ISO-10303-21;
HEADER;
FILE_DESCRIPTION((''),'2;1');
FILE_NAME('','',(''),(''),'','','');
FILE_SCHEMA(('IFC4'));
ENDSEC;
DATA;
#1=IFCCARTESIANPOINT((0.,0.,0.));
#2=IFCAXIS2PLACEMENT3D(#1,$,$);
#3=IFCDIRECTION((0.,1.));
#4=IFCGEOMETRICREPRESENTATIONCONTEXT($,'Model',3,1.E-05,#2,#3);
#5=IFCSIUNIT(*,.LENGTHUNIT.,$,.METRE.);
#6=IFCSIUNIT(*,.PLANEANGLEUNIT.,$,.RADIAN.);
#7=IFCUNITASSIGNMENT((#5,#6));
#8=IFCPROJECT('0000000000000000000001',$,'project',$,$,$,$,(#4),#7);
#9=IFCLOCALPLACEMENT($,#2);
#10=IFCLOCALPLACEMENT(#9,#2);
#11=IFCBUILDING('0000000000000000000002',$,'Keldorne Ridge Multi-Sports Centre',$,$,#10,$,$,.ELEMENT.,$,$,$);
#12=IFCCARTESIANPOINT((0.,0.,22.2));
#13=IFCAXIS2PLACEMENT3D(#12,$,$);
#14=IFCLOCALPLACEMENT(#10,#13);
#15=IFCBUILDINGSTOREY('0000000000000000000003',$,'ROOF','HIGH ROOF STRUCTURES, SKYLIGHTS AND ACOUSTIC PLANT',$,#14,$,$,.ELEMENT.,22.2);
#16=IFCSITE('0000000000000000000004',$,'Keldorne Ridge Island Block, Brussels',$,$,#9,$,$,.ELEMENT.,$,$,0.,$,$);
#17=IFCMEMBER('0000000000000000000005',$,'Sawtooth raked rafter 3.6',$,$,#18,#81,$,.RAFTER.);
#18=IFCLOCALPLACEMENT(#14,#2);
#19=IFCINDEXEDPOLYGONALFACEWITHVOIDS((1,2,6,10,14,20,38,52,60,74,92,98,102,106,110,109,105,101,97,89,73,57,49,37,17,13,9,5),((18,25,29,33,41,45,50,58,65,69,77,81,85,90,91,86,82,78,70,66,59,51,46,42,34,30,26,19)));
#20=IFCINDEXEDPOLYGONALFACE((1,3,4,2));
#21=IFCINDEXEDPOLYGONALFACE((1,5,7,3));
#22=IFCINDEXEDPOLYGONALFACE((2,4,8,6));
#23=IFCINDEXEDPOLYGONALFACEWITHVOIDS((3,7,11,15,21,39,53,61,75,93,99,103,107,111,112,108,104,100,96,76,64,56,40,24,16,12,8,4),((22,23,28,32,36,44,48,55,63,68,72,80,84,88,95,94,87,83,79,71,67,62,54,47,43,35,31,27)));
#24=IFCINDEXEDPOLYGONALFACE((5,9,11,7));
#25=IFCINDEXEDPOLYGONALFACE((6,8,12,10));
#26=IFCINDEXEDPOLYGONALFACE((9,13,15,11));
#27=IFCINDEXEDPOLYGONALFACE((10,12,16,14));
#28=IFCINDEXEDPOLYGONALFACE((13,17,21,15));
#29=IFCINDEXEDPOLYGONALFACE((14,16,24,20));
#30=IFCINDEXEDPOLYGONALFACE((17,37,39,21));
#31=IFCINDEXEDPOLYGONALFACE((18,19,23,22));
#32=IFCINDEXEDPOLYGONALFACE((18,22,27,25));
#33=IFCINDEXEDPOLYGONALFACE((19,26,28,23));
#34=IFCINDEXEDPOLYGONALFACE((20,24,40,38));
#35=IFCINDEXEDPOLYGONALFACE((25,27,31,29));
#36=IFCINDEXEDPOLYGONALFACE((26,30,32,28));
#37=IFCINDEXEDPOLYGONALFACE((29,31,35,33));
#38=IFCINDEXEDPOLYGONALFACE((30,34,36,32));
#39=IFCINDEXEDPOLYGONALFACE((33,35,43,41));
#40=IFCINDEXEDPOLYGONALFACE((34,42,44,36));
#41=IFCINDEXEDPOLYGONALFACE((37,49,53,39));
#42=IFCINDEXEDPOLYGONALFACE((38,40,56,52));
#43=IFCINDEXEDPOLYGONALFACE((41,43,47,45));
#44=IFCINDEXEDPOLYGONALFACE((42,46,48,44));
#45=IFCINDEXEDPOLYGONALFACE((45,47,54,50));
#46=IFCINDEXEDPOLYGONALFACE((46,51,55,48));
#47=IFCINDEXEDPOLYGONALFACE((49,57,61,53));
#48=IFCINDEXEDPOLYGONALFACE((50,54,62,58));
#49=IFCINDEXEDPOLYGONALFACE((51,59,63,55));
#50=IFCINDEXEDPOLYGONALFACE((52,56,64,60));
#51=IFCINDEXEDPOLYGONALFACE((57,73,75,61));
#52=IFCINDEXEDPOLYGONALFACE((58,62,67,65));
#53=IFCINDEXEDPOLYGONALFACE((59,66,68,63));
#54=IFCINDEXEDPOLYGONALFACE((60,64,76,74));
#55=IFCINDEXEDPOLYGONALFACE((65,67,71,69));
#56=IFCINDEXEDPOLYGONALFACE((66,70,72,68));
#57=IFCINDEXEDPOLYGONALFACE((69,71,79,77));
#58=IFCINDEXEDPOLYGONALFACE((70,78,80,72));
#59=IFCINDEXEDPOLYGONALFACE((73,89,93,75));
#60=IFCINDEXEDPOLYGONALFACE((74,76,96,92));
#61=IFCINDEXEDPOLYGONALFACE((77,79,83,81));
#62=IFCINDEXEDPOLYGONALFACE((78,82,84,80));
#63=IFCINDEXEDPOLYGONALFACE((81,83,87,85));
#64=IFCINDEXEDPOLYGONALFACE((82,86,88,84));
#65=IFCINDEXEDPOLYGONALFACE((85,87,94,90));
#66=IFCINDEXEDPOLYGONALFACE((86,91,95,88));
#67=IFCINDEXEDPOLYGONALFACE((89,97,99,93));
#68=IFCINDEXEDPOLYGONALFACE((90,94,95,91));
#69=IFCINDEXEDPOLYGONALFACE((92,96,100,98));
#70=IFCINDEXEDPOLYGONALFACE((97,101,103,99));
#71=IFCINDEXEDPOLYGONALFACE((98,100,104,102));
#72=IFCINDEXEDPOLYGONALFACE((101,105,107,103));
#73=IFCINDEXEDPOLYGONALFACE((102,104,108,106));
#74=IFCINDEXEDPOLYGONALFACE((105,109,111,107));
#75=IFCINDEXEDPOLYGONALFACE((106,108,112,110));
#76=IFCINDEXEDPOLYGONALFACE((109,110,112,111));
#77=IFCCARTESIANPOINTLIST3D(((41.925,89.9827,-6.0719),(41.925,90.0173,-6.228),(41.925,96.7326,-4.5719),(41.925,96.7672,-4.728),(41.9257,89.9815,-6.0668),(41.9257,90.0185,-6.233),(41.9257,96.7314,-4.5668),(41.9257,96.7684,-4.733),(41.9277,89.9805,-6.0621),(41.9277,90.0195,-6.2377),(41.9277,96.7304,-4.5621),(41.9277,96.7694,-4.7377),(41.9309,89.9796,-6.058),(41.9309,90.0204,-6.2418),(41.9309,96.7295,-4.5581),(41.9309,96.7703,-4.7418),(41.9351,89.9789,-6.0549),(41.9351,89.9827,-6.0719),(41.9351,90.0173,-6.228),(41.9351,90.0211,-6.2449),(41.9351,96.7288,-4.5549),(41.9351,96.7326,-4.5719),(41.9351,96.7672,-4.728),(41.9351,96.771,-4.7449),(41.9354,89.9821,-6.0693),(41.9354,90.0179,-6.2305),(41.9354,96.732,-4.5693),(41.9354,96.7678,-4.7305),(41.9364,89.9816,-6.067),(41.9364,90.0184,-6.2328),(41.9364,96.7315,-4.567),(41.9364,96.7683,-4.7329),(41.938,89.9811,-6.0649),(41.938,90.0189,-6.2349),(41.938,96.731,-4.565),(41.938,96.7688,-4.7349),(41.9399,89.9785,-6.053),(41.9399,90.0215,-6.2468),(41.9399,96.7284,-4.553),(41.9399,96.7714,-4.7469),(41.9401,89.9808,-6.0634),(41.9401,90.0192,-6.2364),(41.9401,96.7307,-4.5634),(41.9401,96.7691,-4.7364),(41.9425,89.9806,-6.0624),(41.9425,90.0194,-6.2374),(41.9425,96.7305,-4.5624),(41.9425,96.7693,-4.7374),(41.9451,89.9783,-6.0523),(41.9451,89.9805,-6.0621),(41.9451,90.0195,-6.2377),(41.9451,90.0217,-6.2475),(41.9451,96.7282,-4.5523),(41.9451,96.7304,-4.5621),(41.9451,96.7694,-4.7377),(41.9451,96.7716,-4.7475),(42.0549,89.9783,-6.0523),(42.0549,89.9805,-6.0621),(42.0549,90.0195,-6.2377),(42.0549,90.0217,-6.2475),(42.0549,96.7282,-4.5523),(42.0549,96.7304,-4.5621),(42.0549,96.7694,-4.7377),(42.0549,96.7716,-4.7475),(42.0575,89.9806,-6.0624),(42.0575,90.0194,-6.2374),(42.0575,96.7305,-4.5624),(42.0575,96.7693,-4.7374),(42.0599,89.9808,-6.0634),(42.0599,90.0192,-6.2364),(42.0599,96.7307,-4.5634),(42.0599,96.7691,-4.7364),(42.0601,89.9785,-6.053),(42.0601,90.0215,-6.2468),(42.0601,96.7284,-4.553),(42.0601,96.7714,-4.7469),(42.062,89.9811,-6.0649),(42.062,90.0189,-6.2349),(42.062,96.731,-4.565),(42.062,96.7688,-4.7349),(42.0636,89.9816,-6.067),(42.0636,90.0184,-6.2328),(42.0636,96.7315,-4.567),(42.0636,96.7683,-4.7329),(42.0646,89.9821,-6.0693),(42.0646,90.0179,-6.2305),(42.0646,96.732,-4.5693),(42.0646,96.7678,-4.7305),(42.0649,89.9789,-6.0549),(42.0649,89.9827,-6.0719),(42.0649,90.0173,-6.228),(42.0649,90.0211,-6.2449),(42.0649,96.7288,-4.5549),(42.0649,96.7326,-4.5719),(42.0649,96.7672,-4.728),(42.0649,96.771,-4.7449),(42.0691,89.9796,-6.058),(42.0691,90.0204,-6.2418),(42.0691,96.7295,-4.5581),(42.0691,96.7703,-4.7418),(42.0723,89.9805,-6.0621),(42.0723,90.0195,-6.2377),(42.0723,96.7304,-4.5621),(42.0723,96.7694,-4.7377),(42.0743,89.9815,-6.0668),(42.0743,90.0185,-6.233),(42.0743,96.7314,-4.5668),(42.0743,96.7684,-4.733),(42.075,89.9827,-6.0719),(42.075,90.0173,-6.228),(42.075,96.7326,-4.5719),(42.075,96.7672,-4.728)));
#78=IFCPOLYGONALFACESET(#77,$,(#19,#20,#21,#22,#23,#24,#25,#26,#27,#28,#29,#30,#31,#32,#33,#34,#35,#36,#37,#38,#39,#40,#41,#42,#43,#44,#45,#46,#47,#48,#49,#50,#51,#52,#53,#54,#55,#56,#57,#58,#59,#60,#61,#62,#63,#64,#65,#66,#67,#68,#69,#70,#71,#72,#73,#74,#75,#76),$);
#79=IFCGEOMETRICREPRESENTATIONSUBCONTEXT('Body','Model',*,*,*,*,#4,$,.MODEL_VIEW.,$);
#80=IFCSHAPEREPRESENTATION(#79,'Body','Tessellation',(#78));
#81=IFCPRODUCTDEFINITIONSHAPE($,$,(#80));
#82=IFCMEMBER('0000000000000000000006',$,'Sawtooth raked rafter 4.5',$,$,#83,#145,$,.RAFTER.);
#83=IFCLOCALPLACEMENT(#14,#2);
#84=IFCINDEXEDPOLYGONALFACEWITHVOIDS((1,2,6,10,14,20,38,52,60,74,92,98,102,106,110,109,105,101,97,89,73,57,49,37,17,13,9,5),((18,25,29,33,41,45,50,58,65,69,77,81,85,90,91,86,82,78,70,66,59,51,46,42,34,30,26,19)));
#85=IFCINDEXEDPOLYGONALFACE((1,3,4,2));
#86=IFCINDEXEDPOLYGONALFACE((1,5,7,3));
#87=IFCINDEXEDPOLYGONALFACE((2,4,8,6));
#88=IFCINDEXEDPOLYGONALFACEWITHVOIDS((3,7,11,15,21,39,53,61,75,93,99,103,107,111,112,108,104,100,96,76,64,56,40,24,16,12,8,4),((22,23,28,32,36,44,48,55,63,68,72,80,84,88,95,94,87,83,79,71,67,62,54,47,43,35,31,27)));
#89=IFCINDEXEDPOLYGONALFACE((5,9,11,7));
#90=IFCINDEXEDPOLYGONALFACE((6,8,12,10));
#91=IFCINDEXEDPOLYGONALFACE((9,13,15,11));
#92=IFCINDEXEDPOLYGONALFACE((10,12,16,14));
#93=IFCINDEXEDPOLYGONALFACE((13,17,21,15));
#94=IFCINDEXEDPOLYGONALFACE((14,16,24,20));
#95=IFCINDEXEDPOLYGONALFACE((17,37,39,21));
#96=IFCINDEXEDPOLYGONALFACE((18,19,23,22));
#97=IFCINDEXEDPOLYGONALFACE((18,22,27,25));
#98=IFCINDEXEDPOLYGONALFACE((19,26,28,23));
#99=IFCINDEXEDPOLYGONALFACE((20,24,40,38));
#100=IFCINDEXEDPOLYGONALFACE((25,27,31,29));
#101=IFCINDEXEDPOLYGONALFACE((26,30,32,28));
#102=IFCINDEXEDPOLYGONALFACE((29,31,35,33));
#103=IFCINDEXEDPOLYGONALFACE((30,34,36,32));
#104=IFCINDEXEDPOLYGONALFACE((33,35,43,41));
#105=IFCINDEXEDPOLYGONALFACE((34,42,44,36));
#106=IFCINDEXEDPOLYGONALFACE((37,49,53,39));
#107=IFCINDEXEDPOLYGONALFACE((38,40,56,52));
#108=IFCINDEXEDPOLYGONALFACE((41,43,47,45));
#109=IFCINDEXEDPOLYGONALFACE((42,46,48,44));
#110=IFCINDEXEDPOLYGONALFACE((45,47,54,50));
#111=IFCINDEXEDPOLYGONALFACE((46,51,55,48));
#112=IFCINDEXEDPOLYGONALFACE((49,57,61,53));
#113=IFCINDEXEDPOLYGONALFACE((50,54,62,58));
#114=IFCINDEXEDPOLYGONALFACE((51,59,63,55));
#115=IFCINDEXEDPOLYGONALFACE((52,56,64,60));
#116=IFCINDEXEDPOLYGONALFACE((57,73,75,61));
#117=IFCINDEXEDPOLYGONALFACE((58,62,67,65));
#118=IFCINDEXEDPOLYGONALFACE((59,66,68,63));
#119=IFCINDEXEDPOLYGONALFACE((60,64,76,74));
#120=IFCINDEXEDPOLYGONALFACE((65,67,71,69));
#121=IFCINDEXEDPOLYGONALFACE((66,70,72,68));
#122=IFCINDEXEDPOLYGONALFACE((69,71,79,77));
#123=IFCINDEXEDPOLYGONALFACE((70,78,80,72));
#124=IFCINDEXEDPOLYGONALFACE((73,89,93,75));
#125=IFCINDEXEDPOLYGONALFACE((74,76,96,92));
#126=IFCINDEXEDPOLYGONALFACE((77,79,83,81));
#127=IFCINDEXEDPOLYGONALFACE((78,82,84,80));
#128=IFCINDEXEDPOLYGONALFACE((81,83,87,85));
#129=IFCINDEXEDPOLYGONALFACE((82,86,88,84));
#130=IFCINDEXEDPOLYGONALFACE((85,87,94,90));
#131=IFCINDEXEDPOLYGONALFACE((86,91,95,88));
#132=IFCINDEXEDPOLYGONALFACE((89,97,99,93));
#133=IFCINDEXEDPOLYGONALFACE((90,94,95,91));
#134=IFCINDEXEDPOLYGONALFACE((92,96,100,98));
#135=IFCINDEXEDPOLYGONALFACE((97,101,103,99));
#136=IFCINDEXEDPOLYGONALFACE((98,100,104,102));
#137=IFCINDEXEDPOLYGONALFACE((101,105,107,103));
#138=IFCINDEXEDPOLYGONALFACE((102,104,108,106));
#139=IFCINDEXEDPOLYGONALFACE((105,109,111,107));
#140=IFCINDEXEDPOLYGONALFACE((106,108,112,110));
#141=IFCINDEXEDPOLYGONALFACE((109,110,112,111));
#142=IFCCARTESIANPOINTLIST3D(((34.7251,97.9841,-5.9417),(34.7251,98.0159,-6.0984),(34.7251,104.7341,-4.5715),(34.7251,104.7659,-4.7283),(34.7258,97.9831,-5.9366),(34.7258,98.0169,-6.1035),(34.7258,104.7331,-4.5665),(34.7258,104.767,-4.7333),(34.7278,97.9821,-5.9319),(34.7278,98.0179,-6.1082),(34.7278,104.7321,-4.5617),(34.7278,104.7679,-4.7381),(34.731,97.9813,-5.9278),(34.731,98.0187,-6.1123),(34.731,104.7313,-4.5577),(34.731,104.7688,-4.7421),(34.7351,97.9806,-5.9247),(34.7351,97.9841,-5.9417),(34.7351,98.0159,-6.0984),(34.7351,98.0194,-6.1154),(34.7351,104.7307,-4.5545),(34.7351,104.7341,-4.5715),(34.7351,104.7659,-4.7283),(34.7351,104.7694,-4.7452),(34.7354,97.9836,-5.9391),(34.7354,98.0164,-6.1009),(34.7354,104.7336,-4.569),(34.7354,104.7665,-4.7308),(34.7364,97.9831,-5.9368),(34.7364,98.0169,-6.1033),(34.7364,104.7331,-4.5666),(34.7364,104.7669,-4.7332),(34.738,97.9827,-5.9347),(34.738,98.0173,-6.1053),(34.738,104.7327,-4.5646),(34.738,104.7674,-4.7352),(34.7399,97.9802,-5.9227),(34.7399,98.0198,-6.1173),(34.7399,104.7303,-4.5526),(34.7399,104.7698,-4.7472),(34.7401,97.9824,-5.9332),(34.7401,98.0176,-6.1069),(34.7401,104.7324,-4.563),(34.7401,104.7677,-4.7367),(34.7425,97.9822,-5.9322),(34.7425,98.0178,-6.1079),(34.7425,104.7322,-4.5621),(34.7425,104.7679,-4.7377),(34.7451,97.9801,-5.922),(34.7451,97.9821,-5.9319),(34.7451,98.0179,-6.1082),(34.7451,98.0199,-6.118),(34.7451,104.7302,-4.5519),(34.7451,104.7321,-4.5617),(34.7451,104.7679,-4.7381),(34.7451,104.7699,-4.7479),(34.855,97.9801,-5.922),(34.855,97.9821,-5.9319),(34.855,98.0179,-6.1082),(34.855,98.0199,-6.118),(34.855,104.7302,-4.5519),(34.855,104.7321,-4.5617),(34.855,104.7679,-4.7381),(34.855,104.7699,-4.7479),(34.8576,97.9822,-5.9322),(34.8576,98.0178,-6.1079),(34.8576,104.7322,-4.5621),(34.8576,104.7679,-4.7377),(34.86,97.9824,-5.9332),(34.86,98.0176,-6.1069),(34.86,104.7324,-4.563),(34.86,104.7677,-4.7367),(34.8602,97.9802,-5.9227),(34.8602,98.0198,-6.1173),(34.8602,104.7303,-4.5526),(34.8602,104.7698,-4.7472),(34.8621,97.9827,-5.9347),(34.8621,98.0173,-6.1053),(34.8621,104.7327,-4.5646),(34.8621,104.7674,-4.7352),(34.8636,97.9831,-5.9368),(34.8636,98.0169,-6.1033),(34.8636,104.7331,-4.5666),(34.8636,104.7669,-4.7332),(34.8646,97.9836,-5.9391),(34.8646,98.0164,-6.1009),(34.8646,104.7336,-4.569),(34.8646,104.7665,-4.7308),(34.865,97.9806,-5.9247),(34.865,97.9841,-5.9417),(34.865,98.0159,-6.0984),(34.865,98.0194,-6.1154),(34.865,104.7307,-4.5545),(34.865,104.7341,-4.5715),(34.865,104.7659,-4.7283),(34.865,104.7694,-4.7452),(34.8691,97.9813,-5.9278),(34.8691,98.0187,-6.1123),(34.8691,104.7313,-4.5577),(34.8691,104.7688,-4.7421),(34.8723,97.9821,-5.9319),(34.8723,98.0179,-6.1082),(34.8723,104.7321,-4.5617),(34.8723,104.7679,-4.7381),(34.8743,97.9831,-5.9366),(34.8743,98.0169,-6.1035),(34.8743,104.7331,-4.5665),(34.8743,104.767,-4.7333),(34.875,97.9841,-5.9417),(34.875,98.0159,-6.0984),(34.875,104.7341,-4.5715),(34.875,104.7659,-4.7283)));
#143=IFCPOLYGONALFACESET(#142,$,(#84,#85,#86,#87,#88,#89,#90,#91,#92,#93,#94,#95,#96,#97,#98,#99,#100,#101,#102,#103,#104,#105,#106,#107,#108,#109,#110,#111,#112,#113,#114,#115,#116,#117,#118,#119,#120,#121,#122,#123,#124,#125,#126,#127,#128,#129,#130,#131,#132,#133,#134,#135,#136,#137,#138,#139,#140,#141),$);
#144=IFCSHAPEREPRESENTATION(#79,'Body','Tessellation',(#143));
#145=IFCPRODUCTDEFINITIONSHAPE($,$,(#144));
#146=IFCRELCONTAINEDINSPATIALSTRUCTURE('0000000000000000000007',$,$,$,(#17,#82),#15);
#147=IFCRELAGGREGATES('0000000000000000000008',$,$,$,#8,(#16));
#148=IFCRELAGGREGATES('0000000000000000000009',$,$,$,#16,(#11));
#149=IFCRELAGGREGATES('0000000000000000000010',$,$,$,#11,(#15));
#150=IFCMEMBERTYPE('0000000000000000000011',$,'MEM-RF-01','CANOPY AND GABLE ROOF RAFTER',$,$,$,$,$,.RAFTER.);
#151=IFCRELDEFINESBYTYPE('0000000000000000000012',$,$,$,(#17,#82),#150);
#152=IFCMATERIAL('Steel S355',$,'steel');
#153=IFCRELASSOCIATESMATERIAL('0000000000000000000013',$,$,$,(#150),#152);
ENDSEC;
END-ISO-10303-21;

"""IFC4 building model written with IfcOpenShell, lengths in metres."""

from ifc_helpers import new_model, si_unit, direction, frame, origin, origin_2d, place, context, subcontext, project, spatial, hollow_rectangle, extrude, material, material_profile, profile_set, type_object, element, save


model = new_model("IFC4")

# Units and contexts
model_context = context("Model", 3, precision=1e-05, world=origin(), true_north=direction((0.0, 1.0)))
body_context = subcontext(model_context, "Body", "Model", "MODEL_VIEW")
ifc_project = project(units=[si_unit("LENGTHUNIT", "METRE"), si_unit("PLANEANGLEUNIT", "RADIAN")], contexts=[model_context])

# Site, building, storey
site_placement = place(None, origin())
site = spatial("IfcSite", under=ifc_project, at=site_placement, Name="Keldorne Ridge Island Block, Brussels", CompositionType="ELEMENT", RefElevation=0.0)
building_placement = place(site_placement, origin())
building = spatial("IfcBuilding", under=site, at=building_placement, Name="Keldorne Ridge Multi-Sports Centre", CompositionType="ELEMENT")
storey_placement = place(building_placement, frame((0.0, 0.0, 22.2)))
storey = spatial("IfcBuildingStorey", under=building, at=storey_placement, Name="ROOF", Description="HIGH ROOF STRUCTURES, SKYLIGHTS AND ACOUSTIC PLANT", CompositionType="ELEMENT", Elevation=22.2)

# Shared definitions
ifc_material_1 = material(Name="Steel S355", Category="steel")

# Members
ifc_material_profile_1 = material_profile(ifc_material_1, hollow_rectangle(XDim=0.1499, YDim=0.2, WallThickness=0.01, InnerFilletRadius=0.01, OuterFilletRadius=0.02, at=origin_2d()), Name="RHS 200x150x10")
ifc_profile_set_1 = profile_set([ifc_material_profile_1], Name="Steel S355")
member_type_1 = type_object("IfcMemberType", Name="MEM-RF-01", Description="CANOPY AND GABLE ROOF RAFTER", PredefinedType="RAFTER", material=ifc_profile_set_1)
member_1_placement = place(storey_placement, frame((42.0, 90.0, -6.1499), z_axis=(0.0, 0.976187, 0.21693), x_axis=(-1.0, 0.0, 0.0)))
element("IfcMember", 1, at=member_1_placement, inside=storey, type_object=member_type_1, Name="Sawtooth raked rafter 3.6", PredefinedType="RAFTER", context=body_context, shape_type="SweptSolid", body=[
    extrude(hollow_rectangle(XDim=0.1499, YDim=0.2, WallThickness=0.01, InnerFilletRadius=0.01, OuterFilletRadius=0.02, at=origin_2d()), origin(), (0.0, 0.0, 1.0), 6.9146),
])
member_2_placement = place(storey_placement, frame((34.8, 98.0, -6.02), z_axis=(0.0, 0.980015, 0.198924), x_axis=(-1.0, 0.0, 0.0)))
element("IfcMember", 2, at=member_2_placement, inside=storey, type_object=member_type_1, Name="Sawtooth raked rafter 4.5", PredefinedType="RAFTER", context=body_context, shape_type="SweptSolid", body=[
    extrude(hollow_rectangle(XDim=0.1499, YDim=0.2, WallThickness=0.01, InnerFilletRadius=0.01, OuterFilletRadius=0.02, at=origin_2d()), origin(), (0.0, 0.0, 1.0), 6.8877),
])

save(model, "model.ifc")
